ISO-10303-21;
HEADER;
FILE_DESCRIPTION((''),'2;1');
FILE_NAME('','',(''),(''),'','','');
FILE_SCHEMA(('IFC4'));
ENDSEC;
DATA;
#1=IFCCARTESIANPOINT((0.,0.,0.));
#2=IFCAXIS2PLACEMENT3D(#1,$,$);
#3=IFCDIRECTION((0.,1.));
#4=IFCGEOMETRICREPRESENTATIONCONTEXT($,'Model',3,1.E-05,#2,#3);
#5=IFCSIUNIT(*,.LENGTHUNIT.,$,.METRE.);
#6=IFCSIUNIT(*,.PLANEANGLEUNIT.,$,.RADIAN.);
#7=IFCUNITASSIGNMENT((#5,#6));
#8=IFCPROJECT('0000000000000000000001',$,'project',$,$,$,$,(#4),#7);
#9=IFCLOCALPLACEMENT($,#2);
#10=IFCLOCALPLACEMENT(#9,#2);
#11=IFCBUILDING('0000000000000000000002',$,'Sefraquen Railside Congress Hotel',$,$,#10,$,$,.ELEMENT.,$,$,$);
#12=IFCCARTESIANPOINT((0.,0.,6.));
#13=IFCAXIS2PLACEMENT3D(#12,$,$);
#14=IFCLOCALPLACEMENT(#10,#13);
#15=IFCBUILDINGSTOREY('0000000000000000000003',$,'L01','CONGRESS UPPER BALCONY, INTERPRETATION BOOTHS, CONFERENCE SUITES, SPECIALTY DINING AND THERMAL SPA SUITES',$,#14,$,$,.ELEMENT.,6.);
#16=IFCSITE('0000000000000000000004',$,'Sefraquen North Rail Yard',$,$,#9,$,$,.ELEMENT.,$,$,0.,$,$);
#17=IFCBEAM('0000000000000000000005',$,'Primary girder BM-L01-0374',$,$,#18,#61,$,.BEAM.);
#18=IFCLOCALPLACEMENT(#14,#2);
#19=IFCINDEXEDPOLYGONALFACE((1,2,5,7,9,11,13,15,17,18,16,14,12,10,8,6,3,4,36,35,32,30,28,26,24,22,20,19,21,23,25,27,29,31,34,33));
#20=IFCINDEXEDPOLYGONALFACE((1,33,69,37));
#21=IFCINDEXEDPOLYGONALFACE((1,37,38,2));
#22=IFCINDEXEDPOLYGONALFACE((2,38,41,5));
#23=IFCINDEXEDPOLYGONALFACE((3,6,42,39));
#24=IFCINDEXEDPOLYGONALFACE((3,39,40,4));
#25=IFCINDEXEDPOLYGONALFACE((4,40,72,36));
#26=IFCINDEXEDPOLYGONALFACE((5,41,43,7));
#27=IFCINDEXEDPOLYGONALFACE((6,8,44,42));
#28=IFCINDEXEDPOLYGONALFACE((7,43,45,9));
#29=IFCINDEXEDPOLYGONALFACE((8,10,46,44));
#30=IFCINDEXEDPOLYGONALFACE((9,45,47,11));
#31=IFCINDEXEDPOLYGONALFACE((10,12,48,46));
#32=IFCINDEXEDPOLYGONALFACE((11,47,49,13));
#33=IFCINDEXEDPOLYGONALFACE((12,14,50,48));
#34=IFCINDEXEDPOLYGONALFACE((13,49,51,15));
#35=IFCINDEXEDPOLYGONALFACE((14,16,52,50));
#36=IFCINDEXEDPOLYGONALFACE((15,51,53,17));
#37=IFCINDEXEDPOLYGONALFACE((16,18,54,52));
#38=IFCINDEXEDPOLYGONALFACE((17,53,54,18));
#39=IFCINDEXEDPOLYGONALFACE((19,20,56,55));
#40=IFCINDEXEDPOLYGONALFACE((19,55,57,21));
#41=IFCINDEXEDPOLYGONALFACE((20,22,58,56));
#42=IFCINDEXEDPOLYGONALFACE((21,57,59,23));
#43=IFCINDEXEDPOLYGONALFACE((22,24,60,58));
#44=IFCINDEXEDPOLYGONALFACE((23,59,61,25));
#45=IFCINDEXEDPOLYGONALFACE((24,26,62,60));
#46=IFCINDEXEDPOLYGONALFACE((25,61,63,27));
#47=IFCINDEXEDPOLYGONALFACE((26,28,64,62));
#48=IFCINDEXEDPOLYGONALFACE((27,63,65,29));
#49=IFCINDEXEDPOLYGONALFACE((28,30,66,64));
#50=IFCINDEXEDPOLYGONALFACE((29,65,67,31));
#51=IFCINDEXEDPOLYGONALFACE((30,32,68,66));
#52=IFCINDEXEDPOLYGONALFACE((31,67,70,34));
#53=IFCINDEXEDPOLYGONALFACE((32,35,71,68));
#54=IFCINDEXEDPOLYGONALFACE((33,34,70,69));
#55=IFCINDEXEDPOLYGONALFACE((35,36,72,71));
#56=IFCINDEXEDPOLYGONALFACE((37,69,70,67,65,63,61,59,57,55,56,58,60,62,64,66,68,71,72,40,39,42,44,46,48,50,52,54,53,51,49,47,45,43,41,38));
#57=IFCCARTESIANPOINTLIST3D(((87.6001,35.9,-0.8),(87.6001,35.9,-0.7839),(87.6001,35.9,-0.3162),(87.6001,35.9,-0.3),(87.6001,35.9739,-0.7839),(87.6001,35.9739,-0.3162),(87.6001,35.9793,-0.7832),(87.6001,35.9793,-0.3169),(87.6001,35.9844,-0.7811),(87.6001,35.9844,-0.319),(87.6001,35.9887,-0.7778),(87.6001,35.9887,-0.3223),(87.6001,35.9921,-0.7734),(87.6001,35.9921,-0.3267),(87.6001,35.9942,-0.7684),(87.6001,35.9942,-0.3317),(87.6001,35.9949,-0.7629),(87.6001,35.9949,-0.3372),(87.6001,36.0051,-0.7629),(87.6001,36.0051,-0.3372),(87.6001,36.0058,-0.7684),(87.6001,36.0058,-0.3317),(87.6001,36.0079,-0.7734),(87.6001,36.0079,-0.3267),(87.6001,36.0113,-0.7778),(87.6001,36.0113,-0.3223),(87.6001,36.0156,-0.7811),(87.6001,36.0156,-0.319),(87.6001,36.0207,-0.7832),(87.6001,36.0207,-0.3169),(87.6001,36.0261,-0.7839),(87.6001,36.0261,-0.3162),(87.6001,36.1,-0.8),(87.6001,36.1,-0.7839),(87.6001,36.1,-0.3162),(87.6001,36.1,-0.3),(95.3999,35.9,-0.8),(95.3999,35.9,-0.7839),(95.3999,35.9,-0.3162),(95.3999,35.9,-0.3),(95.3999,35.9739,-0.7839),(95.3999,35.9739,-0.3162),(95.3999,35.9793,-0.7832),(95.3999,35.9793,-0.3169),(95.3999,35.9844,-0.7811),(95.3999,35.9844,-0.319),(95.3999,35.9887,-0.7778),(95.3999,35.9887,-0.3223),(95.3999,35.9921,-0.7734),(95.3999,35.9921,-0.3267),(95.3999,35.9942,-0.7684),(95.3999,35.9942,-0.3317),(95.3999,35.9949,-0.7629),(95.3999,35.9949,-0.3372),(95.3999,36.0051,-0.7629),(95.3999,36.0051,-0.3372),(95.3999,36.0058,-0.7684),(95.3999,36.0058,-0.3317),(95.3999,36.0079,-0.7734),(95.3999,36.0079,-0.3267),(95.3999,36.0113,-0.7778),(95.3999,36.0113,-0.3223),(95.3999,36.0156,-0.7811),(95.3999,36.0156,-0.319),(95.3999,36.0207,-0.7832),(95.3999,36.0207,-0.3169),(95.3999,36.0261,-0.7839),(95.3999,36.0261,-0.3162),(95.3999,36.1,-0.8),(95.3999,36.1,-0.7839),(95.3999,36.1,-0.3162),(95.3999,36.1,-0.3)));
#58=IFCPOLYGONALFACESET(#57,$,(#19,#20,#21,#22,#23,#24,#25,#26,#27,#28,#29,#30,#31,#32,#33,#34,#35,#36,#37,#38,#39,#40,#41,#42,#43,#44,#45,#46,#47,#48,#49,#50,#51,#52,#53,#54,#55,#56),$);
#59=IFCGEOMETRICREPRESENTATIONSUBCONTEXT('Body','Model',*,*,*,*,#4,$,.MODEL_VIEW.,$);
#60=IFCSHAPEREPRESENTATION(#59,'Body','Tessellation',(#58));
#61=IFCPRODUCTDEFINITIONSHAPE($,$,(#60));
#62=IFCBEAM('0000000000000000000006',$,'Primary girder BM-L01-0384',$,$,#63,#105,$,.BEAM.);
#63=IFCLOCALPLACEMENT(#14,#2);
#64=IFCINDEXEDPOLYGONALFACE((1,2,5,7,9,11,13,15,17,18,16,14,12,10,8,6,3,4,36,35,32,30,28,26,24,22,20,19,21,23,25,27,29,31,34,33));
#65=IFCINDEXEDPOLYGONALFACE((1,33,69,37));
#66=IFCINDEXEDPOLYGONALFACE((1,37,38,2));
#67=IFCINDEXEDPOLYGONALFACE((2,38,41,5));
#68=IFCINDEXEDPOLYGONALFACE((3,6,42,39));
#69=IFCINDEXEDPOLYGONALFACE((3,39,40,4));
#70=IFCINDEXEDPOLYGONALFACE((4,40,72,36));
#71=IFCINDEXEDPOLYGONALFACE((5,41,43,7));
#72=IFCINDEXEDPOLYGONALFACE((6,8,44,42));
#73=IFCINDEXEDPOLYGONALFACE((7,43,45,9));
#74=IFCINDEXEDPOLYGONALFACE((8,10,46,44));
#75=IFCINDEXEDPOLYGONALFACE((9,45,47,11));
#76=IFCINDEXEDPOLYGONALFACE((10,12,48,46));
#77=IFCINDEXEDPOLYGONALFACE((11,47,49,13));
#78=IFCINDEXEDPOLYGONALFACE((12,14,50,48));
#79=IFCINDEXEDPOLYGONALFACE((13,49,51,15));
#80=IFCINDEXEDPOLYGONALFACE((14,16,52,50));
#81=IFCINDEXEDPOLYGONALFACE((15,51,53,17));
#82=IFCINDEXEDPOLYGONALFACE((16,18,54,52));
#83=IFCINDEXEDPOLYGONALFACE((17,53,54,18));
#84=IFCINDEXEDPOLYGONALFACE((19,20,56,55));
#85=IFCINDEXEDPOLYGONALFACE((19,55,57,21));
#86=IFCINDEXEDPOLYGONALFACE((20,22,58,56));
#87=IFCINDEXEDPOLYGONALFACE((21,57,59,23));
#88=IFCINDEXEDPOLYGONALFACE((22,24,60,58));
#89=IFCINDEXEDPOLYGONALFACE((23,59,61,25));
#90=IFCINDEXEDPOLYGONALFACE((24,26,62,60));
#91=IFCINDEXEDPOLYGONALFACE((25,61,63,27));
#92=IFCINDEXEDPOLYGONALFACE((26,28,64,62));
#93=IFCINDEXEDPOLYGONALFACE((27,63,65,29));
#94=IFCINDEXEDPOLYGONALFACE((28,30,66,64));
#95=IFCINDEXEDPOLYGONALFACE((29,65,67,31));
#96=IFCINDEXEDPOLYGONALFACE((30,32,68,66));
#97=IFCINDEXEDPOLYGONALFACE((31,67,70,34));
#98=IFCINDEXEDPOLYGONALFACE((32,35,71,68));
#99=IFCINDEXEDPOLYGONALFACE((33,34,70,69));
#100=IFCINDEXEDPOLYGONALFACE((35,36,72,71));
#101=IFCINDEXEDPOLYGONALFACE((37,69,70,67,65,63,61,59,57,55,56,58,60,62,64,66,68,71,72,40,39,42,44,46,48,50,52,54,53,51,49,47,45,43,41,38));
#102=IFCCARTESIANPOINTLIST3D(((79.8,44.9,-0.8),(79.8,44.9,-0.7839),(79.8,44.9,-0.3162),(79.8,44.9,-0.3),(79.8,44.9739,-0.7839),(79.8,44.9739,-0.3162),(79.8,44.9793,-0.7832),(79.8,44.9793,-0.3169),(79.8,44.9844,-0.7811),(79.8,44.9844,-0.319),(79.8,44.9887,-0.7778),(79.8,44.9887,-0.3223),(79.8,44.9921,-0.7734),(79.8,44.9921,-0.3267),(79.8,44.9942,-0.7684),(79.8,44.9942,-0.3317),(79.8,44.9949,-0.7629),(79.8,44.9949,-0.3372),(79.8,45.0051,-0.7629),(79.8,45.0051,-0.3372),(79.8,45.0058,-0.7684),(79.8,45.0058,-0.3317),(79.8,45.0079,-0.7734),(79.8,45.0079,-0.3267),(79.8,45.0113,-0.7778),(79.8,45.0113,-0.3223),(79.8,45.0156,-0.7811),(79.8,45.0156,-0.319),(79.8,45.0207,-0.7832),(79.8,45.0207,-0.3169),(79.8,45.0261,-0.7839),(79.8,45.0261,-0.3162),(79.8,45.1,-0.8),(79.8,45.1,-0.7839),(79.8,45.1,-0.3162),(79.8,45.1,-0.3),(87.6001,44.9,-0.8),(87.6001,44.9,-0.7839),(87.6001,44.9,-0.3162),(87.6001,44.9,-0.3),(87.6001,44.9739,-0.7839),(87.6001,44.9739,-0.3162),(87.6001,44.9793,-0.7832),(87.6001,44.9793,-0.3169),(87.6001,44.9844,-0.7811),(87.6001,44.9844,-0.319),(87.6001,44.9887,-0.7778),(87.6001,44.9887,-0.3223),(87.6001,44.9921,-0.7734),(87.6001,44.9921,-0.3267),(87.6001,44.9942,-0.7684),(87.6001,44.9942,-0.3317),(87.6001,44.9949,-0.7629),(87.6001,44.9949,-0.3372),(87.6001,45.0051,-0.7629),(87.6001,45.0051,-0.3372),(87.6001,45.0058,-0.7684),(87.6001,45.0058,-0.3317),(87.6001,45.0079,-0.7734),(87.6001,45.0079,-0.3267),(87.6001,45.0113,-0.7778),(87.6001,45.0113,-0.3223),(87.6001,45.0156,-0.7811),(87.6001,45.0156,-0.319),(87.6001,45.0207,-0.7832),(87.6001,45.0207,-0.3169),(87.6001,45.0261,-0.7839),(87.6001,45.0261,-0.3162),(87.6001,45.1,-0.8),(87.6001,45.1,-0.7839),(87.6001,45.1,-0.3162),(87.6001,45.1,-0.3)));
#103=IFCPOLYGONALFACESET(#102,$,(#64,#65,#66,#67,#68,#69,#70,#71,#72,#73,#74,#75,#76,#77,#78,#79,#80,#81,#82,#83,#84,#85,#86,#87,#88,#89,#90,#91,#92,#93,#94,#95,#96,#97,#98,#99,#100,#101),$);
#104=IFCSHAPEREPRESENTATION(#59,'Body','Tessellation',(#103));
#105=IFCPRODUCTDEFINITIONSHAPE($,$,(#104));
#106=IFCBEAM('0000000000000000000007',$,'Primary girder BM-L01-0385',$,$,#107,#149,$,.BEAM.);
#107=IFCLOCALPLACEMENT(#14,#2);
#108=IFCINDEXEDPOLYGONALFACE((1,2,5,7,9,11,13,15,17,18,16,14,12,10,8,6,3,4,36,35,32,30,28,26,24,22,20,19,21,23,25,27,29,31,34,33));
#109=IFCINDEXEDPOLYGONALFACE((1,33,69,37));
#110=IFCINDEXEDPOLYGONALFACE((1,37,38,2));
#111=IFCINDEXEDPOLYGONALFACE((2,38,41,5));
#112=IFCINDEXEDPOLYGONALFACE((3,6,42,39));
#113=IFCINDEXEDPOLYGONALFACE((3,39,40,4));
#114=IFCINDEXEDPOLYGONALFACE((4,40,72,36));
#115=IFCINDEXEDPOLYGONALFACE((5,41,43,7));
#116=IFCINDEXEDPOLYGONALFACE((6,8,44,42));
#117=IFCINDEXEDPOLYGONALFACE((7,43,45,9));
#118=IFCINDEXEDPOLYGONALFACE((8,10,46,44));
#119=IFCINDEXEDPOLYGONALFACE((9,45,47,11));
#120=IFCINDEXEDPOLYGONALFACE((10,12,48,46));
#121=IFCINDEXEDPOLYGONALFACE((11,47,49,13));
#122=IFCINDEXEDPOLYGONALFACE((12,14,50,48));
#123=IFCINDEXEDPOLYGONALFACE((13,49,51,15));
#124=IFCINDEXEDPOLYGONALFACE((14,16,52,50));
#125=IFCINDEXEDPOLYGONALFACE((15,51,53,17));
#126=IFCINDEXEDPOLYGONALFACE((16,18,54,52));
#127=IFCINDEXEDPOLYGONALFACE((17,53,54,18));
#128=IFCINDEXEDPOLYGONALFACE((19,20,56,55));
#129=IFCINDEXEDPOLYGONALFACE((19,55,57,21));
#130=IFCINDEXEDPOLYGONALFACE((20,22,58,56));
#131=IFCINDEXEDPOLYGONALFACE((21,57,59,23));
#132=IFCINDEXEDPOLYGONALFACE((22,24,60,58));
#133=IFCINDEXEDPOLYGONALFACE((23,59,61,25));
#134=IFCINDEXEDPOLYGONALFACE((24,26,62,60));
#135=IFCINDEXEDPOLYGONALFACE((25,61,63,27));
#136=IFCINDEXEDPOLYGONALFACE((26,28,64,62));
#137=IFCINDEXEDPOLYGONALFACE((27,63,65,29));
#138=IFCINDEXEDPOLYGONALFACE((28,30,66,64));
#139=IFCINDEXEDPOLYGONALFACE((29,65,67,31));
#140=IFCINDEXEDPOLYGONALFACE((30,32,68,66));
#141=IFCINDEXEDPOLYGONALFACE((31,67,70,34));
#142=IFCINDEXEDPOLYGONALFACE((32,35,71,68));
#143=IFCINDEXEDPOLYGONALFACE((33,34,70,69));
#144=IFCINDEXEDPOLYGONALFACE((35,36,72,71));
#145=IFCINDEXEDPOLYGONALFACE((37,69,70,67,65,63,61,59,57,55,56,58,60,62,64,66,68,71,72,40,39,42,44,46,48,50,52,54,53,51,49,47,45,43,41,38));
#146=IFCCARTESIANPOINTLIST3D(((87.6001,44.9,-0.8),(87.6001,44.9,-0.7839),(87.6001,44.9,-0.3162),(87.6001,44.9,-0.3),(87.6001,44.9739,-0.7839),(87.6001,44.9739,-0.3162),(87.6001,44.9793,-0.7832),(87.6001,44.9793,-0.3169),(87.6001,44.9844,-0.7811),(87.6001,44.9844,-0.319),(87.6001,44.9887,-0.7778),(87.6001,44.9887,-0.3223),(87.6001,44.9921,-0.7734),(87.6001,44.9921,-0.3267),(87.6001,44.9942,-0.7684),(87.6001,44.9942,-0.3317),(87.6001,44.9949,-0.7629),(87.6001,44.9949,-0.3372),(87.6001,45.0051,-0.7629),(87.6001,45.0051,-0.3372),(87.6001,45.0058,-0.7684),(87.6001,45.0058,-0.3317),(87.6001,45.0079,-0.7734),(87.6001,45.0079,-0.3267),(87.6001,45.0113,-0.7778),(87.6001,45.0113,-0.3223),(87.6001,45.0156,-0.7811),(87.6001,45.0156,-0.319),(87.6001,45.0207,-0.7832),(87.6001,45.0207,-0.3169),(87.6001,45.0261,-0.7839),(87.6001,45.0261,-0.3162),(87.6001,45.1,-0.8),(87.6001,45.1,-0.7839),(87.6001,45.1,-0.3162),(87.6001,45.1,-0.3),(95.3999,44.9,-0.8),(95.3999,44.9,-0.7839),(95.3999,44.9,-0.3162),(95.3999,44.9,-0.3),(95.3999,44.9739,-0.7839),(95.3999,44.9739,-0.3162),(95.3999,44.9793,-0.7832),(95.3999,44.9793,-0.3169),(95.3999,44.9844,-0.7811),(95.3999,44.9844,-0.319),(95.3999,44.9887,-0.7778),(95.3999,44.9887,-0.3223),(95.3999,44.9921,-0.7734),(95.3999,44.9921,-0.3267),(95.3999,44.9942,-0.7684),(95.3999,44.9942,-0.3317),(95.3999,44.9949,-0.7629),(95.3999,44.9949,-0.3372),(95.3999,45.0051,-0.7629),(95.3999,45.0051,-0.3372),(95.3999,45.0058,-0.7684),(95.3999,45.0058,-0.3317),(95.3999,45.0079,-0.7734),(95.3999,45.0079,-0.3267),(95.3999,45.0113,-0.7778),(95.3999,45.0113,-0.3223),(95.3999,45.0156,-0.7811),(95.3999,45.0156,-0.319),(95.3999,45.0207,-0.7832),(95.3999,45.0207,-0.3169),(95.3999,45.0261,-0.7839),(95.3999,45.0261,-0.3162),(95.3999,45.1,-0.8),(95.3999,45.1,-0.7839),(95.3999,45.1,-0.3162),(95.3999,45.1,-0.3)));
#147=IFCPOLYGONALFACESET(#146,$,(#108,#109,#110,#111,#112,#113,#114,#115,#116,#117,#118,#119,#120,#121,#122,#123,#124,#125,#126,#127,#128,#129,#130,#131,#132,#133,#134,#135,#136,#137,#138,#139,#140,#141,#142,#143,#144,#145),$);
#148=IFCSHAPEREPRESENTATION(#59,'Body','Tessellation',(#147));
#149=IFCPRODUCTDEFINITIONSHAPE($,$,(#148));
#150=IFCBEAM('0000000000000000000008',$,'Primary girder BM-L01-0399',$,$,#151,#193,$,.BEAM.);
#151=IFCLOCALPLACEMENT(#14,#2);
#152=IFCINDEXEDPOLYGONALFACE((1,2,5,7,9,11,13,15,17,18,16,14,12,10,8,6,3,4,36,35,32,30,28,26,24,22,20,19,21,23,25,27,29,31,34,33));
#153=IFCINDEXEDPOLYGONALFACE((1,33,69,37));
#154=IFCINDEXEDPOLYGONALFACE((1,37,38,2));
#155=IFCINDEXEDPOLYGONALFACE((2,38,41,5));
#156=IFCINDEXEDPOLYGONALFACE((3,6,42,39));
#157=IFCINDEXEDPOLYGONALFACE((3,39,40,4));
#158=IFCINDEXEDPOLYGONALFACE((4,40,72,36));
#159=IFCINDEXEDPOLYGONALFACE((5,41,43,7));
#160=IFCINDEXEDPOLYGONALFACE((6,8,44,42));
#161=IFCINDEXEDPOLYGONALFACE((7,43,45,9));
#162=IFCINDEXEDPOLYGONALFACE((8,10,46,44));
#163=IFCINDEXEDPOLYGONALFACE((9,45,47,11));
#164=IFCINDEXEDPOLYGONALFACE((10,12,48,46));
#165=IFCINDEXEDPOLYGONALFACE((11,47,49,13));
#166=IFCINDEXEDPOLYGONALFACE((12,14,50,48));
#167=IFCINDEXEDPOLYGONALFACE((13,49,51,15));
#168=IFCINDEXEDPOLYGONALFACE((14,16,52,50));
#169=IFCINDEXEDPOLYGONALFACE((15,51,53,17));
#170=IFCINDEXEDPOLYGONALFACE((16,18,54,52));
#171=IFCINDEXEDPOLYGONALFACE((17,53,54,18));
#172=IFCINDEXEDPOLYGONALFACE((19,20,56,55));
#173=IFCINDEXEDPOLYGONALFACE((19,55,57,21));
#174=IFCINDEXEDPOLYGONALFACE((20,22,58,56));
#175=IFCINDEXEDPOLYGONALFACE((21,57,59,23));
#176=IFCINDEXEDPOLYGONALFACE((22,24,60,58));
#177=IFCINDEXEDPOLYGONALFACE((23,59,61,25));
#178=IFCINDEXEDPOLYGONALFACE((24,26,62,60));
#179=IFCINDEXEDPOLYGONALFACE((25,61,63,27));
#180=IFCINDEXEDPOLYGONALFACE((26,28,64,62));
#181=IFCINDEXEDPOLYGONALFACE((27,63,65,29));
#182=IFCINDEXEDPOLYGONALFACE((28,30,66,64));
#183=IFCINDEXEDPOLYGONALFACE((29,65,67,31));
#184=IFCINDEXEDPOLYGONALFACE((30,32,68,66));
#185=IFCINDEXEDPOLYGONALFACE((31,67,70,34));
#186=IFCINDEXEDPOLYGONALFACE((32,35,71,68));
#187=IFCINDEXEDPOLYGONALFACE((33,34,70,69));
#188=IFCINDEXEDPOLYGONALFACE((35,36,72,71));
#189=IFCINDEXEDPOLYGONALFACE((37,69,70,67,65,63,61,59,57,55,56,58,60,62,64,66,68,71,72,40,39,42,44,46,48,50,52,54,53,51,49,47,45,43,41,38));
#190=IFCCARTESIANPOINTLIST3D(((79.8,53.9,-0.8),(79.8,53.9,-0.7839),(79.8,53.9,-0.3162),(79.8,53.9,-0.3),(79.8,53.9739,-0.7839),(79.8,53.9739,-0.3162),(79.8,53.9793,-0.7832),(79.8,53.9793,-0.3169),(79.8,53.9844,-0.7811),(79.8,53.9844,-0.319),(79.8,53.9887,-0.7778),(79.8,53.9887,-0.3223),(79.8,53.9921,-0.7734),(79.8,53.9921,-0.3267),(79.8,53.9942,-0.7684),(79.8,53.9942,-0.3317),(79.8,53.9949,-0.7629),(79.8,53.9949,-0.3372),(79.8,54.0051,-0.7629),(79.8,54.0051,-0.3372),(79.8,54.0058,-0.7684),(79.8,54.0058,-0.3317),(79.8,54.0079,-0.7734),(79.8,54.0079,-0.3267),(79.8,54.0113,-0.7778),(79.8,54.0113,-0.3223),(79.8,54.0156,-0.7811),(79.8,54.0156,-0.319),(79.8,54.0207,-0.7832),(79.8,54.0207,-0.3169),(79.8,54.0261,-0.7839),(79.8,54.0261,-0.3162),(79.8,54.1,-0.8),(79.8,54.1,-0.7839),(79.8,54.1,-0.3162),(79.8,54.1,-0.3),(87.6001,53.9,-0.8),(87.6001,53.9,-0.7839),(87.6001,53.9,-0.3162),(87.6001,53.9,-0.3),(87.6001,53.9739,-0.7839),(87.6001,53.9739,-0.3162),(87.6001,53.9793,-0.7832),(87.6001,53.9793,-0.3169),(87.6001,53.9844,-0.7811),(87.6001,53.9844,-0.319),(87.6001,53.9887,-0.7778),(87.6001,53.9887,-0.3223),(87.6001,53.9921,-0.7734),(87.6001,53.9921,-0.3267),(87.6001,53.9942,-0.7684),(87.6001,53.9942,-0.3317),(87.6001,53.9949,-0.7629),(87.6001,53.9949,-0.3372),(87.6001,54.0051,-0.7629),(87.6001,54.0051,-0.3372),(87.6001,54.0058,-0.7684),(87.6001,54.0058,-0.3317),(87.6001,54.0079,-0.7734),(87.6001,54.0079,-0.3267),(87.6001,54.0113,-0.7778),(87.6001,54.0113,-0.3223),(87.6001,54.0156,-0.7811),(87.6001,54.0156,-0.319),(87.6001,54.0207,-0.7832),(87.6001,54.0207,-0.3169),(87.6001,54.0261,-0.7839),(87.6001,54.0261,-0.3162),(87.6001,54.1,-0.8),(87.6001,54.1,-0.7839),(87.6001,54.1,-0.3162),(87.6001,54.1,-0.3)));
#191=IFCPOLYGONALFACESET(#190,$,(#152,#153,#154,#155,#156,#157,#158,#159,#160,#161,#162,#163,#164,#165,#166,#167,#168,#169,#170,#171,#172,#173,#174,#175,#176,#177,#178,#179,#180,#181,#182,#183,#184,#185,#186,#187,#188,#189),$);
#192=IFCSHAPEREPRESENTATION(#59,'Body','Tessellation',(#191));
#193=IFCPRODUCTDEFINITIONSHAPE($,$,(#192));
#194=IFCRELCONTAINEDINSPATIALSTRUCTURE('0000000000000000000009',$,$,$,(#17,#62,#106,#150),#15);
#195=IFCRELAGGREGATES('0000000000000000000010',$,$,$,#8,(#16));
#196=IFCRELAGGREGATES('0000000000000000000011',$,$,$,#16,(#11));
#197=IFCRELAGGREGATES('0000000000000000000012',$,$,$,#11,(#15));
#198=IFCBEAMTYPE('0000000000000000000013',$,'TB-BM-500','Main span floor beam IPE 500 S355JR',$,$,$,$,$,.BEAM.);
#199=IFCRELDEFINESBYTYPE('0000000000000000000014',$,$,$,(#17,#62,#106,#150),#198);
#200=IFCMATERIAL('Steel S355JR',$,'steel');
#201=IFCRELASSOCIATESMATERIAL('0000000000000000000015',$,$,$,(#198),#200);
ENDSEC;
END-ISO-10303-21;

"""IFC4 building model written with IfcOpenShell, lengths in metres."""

from ifc_helpers import new_model, si_unit, direction, frame, origin, origin_2d, place, context, subcontext, project, spatial, i_section, extrude, material, material_profile, profile_set, type_object, element, save


model = new_model("IFC4")

# Units and contexts
model_context = context("Model", 3, precision=1e-05, world=origin(), true_north=direction((0.0, 1.0)))
body_context = subcontext(model_context, "Body", "Model", "MODEL_VIEW")
ifc_project = project(units=[si_unit("LENGTHUNIT", "METRE"), si_unit("PLANEANGLEUNIT", "RADIAN")], contexts=[model_context])

# Site, building, storey
site_placement = place(None, origin())
site = spatial("IfcSite", under=ifc_project, at=site_placement, Name="Sefraquen North Rail Yard", CompositionType="ELEMENT", RefElevation=0.0)
building_placement = place(site_placement, origin())
building = spatial("IfcBuilding", under=site, at=building_placement, Name="Sefraquen Railside Congress Hotel", CompositionType="ELEMENT")
storey_placement = place(building_placement, frame((0.0, 0.0, 6.0)))
storey = spatial("IfcBuildingStorey", under=building, at=storey_placement, Name="L01", Description="CONGRESS UPPER BALCONY, INTERPRETATION BOOTHS, CONFERENCE SUITES, SPECIALTY DINING AND THERMAL SPA SUITES", CompositionType="ELEMENT", Elevation=6.0)

# Shared definitions
ifc_material_1 = material(Name="Steel S355JR", Category="steel")

# Beams
ifc_material_profile_1 = material_profile(ifc_material_1, i_section(OverallWidth=0.2, OverallDepth=0.5, WebThickness=0.0103, FlangeThickness=0.0161, FilletRadius=0.021, at=origin_2d()), Name="IPE 500")
ifc_profile_set_1 = profile_set([ifc_material_profile_1], Name="Steel S355JR")
beam_type_1 = type_object("IfcBeamType", Name="TB-BM-500", Description="Main span floor beam IPE 500 S355JR", PredefinedType="BEAM", material=ifc_profile_set_1)
beam_1_placement = place(storey_placement, frame((87.6001, 36.0, -0.55), z_axis=(1.0, 0.0, 0.0), x_axis=(0.0, 1.0, 0.0)))
element("IfcBeam", 1, at=beam_1_placement, inside=storey, type_object=beam_type_1, Name="Primary girder BM-L01-0374", PredefinedType="BEAM", context=body_context, shape_type="SweptSolid", body=[
    extrude(i_section(OverallWidth=0.2, OverallDepth=0.5, WebThickness=0.0103, FlangeThickness=0.0161, FilletRadius=0.021, at=origin_2d()), origin(), (0.0, 0.0, 1.0), 7.7998),
])
beam_2_placement = place(storey_placement, frame((79.8, 45.0, -0.55), z_axis=(1.0, 0.0, 0.0), x_axis=(0.0, 1.0, 0.0)))
element("IfcBeam", 2, at=beam_2_placement, inside=storey, type_object=beam_type_1, Name="Primary girder BM-L01-0384", PredefinedType="BEAM", context=body_context, shape_type="SweptSolid", body=[
    extrude(i_section(OverallWidth=0.2, OverallDepth=0.5, WebThickness=0.0103, FlangeThickness=0.0161, FilletRadius=0.021, at=origin_2d()), origin(), (0.0, 0.0, 1.0), 7.8),
])
beam_3_placement = place(storey_placement, frame((87.6001, 45.0, -0.55), z_axis=(1.0, 0.0, 0.0), x_axis=(0.0, 1.0, 0.0)))
element("IfcBeam", 3, at=beam_3_placement, inside=storey, type_object=beam_type_1, Name="Primary girder BM-L01-0385", PredefinedType="BEAM", context=body_context, shape_type="SweptSolid", body=[
    extrude(i_section(OverallWidth=0.2, OverallDepth=0.5, WebThickness=0.0103, FlangeThickness=0.0161, FilletRadius=0.021, at=origin_2d()), origin(), (0.0, 0.0, 1.0), 7.7998),
])
beam_4_placement = place(storey_placement, frame((79.8, 54.0, -0.55), z_axis=(1.0, 0.0, 0.0), x_axis=(0.0, 1.0, 0.0)))
element("IfcBeam", 4, at=beam_4_placement, inside=storey, type_object=beam_type_1, Name="Primary girder BM-L01-0399", PredefinedType="BEAM", context=body_context, shape_type="SweptSolid", body=[
    extrude(i_section(OverallWidth=0.2, OverallDepth=0.5, WebThickness=0.0103, FlangeThickness=0.0161, FilletRadius=0.021, at=origin_2d()), origin(), (0.0, 0.0, 1.0), 7.8),
])

save(model, "model.ifc")
